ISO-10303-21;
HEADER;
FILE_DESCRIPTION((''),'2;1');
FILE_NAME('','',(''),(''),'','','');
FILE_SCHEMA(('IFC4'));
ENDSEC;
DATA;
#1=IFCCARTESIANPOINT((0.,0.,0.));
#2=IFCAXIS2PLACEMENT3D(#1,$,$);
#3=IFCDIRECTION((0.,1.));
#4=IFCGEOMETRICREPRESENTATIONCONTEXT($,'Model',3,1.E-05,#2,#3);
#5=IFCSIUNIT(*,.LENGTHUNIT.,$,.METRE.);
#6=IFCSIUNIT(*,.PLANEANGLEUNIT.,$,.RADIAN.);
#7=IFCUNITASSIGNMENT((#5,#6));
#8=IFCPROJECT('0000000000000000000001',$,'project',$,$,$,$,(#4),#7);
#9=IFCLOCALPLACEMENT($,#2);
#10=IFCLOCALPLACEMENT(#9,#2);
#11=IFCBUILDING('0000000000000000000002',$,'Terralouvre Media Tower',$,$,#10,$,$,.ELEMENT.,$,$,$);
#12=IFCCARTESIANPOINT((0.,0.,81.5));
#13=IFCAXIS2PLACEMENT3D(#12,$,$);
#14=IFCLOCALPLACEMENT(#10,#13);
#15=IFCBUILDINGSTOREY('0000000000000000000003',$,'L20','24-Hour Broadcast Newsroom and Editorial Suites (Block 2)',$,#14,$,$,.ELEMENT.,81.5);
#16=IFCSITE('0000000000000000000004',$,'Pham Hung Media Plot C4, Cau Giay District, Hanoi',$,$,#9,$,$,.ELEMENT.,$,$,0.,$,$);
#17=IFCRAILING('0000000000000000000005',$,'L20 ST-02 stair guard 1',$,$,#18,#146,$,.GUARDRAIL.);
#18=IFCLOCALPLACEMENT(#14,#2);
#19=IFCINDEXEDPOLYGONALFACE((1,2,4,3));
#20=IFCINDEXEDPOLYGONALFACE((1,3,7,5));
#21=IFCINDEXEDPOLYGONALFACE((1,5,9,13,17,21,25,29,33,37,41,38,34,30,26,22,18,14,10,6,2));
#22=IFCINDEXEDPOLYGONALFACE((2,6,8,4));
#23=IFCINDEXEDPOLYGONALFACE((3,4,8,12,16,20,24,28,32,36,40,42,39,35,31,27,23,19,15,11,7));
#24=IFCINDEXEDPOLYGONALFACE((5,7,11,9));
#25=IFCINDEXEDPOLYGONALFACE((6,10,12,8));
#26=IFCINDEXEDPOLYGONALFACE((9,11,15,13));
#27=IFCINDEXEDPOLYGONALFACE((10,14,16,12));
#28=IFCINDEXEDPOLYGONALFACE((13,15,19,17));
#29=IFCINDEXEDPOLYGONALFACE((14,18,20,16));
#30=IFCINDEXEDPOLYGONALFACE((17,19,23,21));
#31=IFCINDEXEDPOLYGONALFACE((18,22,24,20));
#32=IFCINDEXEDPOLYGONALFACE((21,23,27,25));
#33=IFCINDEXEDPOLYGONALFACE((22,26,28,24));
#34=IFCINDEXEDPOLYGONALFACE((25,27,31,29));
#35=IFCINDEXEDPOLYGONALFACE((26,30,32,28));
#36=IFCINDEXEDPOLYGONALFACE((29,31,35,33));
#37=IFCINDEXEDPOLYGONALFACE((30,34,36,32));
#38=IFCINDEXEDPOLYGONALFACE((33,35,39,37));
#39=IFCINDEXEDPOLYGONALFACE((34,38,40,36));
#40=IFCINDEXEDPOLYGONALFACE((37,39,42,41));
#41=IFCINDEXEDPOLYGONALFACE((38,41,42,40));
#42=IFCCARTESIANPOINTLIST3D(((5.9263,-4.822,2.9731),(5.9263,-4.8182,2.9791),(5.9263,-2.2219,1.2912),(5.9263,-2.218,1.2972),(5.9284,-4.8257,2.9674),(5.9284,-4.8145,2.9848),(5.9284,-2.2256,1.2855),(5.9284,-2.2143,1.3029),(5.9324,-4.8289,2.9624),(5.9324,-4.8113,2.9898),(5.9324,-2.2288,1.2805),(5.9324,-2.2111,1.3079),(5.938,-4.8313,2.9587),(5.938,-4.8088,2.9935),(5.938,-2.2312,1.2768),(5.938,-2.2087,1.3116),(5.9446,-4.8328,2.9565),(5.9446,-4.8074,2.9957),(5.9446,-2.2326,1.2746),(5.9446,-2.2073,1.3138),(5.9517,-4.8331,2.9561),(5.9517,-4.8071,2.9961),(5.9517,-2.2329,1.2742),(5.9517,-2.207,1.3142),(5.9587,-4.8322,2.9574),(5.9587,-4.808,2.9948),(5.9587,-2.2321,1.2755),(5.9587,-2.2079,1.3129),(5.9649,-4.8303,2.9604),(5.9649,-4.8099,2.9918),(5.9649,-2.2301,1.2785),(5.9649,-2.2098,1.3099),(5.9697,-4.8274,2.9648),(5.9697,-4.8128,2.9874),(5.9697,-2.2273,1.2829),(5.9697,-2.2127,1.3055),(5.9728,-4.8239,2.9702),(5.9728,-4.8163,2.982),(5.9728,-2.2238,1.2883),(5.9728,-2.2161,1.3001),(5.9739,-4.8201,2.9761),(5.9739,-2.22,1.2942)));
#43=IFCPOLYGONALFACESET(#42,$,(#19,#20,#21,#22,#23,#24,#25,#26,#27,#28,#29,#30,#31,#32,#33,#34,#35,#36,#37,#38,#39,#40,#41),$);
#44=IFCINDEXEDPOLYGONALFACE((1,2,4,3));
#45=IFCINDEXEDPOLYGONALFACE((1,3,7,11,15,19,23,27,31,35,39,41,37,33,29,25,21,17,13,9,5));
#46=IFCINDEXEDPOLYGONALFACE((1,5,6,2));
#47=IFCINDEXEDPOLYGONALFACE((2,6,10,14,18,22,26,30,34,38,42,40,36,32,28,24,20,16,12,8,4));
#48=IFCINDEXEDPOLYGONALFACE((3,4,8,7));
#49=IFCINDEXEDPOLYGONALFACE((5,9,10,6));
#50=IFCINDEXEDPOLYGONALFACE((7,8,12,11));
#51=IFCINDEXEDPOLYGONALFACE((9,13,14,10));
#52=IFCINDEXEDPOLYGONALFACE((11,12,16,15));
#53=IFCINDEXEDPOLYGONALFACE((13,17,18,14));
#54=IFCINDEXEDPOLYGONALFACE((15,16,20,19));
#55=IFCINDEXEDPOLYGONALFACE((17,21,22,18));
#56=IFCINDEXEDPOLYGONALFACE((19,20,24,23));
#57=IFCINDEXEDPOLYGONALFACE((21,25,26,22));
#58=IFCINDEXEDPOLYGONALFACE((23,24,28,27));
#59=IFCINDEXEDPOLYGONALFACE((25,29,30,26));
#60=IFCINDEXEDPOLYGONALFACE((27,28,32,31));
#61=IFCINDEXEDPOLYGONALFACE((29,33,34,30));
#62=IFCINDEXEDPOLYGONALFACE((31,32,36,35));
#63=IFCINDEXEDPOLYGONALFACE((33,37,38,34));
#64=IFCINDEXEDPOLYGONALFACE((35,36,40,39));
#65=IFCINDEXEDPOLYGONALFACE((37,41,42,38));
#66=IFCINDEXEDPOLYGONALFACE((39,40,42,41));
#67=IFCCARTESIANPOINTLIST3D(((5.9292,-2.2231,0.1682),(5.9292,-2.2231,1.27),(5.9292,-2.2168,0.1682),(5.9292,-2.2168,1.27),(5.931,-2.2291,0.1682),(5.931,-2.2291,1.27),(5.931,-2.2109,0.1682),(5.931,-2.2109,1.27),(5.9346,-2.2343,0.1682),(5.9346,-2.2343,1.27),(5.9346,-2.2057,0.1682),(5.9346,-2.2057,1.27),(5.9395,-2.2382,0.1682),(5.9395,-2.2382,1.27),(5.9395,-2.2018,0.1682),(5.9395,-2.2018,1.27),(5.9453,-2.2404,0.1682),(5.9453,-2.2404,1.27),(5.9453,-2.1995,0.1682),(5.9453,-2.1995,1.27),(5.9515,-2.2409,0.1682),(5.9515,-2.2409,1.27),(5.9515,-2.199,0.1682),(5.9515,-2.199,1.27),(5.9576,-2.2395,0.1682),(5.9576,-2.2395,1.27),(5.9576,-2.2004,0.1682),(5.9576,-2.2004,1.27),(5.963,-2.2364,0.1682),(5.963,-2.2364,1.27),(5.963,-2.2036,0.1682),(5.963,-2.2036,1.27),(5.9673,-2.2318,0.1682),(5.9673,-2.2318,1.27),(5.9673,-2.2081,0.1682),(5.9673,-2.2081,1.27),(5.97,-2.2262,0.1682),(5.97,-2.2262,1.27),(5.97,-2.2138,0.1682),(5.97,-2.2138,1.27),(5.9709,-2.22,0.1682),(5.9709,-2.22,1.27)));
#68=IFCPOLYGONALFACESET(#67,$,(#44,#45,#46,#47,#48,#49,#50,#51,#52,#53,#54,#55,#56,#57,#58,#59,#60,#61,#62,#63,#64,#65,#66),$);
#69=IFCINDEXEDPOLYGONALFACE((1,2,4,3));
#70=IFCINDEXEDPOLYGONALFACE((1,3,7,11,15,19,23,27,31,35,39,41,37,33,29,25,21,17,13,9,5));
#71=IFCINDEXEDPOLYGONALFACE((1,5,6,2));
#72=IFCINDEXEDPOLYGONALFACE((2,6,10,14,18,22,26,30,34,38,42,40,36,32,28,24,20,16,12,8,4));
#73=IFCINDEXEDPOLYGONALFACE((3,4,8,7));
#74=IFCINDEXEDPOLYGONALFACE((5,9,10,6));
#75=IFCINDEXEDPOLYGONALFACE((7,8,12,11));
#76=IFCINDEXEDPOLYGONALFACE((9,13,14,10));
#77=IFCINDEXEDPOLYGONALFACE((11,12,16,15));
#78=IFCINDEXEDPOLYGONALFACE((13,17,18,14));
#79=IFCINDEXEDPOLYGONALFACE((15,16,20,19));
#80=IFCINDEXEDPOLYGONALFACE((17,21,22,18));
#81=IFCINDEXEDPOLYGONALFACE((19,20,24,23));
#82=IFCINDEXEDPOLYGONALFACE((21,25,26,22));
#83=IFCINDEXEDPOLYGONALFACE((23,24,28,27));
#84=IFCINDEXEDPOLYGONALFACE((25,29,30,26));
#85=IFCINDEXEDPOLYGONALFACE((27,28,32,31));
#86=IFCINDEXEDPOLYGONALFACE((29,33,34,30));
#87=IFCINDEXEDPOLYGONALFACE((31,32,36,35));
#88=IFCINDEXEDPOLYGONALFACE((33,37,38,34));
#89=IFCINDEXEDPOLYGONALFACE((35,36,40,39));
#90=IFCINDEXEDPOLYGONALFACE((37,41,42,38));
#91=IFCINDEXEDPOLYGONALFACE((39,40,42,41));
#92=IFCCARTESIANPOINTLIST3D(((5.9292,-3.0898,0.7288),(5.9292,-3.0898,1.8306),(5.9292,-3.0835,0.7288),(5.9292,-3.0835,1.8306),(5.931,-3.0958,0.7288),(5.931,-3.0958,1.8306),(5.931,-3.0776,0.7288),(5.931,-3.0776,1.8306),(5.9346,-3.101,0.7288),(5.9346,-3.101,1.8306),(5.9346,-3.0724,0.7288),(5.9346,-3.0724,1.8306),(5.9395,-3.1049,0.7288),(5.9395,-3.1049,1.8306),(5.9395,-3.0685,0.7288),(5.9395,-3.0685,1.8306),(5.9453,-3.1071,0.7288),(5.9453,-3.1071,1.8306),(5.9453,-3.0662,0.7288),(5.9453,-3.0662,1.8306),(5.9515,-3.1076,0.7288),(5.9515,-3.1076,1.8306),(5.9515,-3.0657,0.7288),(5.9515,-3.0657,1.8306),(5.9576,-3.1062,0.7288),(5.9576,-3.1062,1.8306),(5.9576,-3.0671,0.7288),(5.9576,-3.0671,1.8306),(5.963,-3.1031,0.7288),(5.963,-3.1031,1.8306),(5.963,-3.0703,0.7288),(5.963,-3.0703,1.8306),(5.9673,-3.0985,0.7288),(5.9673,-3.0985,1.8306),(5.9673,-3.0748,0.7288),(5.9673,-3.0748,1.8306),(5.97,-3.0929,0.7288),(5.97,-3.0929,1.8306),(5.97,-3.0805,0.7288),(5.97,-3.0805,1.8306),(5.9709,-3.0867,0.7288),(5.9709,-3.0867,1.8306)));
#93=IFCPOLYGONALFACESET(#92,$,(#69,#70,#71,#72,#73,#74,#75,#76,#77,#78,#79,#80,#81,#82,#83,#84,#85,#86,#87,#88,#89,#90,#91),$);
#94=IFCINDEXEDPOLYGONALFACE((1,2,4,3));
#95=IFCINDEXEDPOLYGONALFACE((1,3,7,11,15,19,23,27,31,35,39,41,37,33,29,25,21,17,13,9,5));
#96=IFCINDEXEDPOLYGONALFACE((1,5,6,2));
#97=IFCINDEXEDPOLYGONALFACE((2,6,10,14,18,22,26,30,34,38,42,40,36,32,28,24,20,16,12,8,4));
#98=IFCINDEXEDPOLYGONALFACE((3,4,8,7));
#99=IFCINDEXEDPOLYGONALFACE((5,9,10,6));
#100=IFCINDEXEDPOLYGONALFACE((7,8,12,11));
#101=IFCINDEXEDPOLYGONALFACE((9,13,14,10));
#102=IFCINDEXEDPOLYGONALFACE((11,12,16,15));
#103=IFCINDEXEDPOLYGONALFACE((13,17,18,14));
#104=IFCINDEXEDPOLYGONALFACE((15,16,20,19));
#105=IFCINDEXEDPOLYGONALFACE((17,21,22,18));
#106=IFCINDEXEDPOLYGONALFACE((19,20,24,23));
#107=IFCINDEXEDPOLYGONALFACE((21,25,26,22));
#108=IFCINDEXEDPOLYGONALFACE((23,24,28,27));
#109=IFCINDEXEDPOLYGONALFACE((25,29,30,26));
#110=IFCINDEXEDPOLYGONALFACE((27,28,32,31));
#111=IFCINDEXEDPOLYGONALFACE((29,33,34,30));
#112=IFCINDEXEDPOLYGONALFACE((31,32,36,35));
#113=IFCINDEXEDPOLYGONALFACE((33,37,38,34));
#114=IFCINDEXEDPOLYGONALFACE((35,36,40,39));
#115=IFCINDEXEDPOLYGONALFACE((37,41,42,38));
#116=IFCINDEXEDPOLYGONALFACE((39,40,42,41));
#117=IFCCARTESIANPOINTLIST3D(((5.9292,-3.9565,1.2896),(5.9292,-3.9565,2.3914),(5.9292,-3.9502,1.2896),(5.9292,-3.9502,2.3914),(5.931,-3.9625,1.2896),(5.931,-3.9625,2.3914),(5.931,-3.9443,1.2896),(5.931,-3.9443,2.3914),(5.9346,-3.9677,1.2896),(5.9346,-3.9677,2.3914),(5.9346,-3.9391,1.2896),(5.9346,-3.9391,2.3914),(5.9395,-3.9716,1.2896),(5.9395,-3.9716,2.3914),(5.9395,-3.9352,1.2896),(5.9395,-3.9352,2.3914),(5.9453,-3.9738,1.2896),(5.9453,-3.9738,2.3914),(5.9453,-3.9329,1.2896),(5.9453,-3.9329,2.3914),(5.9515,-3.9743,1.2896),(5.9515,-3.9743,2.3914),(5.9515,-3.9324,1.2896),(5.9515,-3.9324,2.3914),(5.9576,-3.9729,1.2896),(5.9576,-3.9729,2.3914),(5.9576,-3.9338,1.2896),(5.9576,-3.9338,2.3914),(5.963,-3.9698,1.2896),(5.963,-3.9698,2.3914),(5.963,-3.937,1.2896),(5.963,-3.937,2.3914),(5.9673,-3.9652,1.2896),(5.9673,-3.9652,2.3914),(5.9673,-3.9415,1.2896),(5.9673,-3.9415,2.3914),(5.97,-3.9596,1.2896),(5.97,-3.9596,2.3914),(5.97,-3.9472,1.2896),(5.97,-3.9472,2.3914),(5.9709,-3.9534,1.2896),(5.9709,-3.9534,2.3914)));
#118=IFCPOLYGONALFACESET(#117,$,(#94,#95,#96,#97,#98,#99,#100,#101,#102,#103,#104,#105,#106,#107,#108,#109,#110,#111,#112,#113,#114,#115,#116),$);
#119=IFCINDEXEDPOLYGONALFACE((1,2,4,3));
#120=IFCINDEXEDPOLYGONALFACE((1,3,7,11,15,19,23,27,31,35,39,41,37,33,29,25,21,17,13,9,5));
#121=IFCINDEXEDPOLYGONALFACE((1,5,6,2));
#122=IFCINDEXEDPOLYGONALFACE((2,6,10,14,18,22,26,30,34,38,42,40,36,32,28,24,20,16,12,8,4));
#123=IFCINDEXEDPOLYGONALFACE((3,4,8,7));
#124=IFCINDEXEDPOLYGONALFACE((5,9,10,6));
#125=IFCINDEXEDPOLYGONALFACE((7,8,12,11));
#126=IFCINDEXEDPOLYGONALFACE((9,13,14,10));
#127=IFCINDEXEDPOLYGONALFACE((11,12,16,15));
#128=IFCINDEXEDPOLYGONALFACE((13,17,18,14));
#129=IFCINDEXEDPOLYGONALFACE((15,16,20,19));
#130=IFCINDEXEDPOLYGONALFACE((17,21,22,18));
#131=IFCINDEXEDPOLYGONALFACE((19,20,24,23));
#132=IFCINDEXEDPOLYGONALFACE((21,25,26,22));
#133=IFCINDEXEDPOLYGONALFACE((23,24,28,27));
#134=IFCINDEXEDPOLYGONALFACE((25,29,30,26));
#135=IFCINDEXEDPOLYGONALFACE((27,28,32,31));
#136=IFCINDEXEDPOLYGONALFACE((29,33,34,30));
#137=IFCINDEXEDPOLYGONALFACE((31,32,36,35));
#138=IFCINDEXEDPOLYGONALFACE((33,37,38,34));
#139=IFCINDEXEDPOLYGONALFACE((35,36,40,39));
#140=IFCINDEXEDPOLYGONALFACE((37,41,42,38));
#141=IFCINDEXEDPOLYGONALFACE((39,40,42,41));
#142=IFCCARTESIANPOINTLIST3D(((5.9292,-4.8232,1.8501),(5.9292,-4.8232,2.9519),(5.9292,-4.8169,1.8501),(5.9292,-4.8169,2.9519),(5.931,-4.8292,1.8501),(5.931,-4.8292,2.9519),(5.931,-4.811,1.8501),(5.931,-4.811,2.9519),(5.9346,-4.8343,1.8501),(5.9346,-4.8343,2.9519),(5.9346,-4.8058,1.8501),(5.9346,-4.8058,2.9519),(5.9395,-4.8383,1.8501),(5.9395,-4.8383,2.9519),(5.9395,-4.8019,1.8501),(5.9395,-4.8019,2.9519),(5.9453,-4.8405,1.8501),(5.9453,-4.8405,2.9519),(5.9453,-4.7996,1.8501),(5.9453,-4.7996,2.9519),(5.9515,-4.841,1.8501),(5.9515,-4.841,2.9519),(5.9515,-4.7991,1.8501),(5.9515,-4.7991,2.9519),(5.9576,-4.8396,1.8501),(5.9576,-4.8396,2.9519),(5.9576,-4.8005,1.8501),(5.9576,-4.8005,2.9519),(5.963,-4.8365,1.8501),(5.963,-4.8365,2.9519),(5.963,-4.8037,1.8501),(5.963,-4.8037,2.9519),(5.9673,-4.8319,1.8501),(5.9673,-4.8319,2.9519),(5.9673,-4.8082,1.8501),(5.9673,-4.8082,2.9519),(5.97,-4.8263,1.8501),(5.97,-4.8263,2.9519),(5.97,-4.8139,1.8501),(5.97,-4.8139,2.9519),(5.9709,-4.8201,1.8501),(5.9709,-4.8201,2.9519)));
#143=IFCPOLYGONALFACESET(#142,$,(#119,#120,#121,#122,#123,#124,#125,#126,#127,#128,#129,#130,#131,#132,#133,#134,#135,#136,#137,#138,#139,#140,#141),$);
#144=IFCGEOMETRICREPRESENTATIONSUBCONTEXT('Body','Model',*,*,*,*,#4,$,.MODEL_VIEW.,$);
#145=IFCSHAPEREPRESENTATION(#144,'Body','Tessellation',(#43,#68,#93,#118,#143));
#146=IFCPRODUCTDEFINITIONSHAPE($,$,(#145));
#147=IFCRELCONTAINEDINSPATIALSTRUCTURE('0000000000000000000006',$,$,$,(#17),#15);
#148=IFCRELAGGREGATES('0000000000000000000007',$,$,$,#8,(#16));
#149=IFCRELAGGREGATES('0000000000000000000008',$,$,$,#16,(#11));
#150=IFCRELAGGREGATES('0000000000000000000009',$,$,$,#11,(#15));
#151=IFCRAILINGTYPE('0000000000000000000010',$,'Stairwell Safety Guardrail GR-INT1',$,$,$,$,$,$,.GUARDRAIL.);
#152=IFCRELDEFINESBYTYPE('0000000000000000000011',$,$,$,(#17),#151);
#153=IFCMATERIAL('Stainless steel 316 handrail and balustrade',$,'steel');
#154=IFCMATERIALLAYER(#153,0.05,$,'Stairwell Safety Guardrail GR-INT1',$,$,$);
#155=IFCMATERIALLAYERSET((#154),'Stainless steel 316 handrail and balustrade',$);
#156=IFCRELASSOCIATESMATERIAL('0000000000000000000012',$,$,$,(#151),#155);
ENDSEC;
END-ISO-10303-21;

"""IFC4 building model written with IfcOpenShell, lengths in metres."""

from ifc_helpers import new_model, si_unit, direction, frame, origin, origin_2d, place, context, subcontext, project, spatial, circle, extrude, material, layer, layer_set, type_object, element, save


model = new_model("IFC4")

# Units and contexts
model_context = context("Model", 3, precision=1e-05, world=origin(), true_north=direction((0.0, 1.0)))
body_context = subcontext(model_context, "Body", "Model", "MODEL_VIEW")
ifc_project = project(units=[si_unit("LENGTHUNIT", "METRE"), si_unit("PLANEANGLEUNIT", "RADIAN")], contexts=[model_context])

# Site, building, storey
site_placement = place(None, origin())
site = spatial("IfcSite", under=ifc_project, at=site_placement, Name="Pham Hung Media Plot C4, Cau Giay District, Hanoi", CompositionType="ELEMENT", RefElevation=0.0)
building_placement = place(site_placement, origin())
building = spatial("IfcBuilding", under=site, at=building_placement, Name="Terralouvre Media Tower", CompositionType="ELEMENT")
storey_placement = place(building_placement, frame((0.0, 0.0, 81.5)))
storey = spatial("IfcBuildingStorey", under=building, at=storey_placement, Name="L20", Description="24-Hour Broadcast Newsroom and Editorial Suites (Block 2)", CompositionType="ELEMENT", Elevation=81.5)

# Railing
ifc_material_1 = material(Name="Stainless steel 316 handrail and balustrade", Category="steel")
ifc_layer_1 = layer(ifc_material_1, 0.05, Name="Stairwell Safety Guardrail GR-INT1")
ifc_layer_set_1 = layer_set([ifc_layer_1], Name="Stainless steel 316 handrail and balustrade")
railing_type_1 = type_object("IfcRailingType", Name="Stairwell Safety Guardrail GR-INT1", PredefinedType="GUARDRAIL", material=ifc_layer_set_1)
railing_1_placement = place(storey_placement, frame((5.95, -2.22, 0.1682)))
element("IfcRailing", 1, at=railing_1_placement, inside=storey, type_object=railing_type_1, Name="L20 ST-02 stair guard 1", PredefinedType="GUARDRAIL", context=body_context, shape_type="SweptSolid", body=[
    extrude(circle(Radius=0.0239, at=origin_2d()), frame((0.0, 0.0, 1.126), z_axis=(0.0, -0.839648, 0.54313), x_axis=(1.0, 0.0, 0.0)), (0.0, 0.0, 1.0), 3.0967),
    extrude(circle(Radius=0.021, at=origin_2d()), origin(), (0.0, 0.0, 1.0), 1.1018),
    extrude(circle(Radius=0.021, at=origin_2d()), frame((0.0, -0.8667, 0.5605)), (0.0, 0.0, 1.0), 1.1018),
    extrude(circle(Radius=0.021, at=origin_2d()), frame((0.0, -1.7334, 1.1213)), (0.0, 0.0, 1.0), 1.1018),
    extrude(circle(Radius=0.021, at=origin_2d()), frame((0.0, -2.6001, 1.6819)), (0.0, 0.0, 1.0), 1.1018),
])

save(model, "model.ifc")
